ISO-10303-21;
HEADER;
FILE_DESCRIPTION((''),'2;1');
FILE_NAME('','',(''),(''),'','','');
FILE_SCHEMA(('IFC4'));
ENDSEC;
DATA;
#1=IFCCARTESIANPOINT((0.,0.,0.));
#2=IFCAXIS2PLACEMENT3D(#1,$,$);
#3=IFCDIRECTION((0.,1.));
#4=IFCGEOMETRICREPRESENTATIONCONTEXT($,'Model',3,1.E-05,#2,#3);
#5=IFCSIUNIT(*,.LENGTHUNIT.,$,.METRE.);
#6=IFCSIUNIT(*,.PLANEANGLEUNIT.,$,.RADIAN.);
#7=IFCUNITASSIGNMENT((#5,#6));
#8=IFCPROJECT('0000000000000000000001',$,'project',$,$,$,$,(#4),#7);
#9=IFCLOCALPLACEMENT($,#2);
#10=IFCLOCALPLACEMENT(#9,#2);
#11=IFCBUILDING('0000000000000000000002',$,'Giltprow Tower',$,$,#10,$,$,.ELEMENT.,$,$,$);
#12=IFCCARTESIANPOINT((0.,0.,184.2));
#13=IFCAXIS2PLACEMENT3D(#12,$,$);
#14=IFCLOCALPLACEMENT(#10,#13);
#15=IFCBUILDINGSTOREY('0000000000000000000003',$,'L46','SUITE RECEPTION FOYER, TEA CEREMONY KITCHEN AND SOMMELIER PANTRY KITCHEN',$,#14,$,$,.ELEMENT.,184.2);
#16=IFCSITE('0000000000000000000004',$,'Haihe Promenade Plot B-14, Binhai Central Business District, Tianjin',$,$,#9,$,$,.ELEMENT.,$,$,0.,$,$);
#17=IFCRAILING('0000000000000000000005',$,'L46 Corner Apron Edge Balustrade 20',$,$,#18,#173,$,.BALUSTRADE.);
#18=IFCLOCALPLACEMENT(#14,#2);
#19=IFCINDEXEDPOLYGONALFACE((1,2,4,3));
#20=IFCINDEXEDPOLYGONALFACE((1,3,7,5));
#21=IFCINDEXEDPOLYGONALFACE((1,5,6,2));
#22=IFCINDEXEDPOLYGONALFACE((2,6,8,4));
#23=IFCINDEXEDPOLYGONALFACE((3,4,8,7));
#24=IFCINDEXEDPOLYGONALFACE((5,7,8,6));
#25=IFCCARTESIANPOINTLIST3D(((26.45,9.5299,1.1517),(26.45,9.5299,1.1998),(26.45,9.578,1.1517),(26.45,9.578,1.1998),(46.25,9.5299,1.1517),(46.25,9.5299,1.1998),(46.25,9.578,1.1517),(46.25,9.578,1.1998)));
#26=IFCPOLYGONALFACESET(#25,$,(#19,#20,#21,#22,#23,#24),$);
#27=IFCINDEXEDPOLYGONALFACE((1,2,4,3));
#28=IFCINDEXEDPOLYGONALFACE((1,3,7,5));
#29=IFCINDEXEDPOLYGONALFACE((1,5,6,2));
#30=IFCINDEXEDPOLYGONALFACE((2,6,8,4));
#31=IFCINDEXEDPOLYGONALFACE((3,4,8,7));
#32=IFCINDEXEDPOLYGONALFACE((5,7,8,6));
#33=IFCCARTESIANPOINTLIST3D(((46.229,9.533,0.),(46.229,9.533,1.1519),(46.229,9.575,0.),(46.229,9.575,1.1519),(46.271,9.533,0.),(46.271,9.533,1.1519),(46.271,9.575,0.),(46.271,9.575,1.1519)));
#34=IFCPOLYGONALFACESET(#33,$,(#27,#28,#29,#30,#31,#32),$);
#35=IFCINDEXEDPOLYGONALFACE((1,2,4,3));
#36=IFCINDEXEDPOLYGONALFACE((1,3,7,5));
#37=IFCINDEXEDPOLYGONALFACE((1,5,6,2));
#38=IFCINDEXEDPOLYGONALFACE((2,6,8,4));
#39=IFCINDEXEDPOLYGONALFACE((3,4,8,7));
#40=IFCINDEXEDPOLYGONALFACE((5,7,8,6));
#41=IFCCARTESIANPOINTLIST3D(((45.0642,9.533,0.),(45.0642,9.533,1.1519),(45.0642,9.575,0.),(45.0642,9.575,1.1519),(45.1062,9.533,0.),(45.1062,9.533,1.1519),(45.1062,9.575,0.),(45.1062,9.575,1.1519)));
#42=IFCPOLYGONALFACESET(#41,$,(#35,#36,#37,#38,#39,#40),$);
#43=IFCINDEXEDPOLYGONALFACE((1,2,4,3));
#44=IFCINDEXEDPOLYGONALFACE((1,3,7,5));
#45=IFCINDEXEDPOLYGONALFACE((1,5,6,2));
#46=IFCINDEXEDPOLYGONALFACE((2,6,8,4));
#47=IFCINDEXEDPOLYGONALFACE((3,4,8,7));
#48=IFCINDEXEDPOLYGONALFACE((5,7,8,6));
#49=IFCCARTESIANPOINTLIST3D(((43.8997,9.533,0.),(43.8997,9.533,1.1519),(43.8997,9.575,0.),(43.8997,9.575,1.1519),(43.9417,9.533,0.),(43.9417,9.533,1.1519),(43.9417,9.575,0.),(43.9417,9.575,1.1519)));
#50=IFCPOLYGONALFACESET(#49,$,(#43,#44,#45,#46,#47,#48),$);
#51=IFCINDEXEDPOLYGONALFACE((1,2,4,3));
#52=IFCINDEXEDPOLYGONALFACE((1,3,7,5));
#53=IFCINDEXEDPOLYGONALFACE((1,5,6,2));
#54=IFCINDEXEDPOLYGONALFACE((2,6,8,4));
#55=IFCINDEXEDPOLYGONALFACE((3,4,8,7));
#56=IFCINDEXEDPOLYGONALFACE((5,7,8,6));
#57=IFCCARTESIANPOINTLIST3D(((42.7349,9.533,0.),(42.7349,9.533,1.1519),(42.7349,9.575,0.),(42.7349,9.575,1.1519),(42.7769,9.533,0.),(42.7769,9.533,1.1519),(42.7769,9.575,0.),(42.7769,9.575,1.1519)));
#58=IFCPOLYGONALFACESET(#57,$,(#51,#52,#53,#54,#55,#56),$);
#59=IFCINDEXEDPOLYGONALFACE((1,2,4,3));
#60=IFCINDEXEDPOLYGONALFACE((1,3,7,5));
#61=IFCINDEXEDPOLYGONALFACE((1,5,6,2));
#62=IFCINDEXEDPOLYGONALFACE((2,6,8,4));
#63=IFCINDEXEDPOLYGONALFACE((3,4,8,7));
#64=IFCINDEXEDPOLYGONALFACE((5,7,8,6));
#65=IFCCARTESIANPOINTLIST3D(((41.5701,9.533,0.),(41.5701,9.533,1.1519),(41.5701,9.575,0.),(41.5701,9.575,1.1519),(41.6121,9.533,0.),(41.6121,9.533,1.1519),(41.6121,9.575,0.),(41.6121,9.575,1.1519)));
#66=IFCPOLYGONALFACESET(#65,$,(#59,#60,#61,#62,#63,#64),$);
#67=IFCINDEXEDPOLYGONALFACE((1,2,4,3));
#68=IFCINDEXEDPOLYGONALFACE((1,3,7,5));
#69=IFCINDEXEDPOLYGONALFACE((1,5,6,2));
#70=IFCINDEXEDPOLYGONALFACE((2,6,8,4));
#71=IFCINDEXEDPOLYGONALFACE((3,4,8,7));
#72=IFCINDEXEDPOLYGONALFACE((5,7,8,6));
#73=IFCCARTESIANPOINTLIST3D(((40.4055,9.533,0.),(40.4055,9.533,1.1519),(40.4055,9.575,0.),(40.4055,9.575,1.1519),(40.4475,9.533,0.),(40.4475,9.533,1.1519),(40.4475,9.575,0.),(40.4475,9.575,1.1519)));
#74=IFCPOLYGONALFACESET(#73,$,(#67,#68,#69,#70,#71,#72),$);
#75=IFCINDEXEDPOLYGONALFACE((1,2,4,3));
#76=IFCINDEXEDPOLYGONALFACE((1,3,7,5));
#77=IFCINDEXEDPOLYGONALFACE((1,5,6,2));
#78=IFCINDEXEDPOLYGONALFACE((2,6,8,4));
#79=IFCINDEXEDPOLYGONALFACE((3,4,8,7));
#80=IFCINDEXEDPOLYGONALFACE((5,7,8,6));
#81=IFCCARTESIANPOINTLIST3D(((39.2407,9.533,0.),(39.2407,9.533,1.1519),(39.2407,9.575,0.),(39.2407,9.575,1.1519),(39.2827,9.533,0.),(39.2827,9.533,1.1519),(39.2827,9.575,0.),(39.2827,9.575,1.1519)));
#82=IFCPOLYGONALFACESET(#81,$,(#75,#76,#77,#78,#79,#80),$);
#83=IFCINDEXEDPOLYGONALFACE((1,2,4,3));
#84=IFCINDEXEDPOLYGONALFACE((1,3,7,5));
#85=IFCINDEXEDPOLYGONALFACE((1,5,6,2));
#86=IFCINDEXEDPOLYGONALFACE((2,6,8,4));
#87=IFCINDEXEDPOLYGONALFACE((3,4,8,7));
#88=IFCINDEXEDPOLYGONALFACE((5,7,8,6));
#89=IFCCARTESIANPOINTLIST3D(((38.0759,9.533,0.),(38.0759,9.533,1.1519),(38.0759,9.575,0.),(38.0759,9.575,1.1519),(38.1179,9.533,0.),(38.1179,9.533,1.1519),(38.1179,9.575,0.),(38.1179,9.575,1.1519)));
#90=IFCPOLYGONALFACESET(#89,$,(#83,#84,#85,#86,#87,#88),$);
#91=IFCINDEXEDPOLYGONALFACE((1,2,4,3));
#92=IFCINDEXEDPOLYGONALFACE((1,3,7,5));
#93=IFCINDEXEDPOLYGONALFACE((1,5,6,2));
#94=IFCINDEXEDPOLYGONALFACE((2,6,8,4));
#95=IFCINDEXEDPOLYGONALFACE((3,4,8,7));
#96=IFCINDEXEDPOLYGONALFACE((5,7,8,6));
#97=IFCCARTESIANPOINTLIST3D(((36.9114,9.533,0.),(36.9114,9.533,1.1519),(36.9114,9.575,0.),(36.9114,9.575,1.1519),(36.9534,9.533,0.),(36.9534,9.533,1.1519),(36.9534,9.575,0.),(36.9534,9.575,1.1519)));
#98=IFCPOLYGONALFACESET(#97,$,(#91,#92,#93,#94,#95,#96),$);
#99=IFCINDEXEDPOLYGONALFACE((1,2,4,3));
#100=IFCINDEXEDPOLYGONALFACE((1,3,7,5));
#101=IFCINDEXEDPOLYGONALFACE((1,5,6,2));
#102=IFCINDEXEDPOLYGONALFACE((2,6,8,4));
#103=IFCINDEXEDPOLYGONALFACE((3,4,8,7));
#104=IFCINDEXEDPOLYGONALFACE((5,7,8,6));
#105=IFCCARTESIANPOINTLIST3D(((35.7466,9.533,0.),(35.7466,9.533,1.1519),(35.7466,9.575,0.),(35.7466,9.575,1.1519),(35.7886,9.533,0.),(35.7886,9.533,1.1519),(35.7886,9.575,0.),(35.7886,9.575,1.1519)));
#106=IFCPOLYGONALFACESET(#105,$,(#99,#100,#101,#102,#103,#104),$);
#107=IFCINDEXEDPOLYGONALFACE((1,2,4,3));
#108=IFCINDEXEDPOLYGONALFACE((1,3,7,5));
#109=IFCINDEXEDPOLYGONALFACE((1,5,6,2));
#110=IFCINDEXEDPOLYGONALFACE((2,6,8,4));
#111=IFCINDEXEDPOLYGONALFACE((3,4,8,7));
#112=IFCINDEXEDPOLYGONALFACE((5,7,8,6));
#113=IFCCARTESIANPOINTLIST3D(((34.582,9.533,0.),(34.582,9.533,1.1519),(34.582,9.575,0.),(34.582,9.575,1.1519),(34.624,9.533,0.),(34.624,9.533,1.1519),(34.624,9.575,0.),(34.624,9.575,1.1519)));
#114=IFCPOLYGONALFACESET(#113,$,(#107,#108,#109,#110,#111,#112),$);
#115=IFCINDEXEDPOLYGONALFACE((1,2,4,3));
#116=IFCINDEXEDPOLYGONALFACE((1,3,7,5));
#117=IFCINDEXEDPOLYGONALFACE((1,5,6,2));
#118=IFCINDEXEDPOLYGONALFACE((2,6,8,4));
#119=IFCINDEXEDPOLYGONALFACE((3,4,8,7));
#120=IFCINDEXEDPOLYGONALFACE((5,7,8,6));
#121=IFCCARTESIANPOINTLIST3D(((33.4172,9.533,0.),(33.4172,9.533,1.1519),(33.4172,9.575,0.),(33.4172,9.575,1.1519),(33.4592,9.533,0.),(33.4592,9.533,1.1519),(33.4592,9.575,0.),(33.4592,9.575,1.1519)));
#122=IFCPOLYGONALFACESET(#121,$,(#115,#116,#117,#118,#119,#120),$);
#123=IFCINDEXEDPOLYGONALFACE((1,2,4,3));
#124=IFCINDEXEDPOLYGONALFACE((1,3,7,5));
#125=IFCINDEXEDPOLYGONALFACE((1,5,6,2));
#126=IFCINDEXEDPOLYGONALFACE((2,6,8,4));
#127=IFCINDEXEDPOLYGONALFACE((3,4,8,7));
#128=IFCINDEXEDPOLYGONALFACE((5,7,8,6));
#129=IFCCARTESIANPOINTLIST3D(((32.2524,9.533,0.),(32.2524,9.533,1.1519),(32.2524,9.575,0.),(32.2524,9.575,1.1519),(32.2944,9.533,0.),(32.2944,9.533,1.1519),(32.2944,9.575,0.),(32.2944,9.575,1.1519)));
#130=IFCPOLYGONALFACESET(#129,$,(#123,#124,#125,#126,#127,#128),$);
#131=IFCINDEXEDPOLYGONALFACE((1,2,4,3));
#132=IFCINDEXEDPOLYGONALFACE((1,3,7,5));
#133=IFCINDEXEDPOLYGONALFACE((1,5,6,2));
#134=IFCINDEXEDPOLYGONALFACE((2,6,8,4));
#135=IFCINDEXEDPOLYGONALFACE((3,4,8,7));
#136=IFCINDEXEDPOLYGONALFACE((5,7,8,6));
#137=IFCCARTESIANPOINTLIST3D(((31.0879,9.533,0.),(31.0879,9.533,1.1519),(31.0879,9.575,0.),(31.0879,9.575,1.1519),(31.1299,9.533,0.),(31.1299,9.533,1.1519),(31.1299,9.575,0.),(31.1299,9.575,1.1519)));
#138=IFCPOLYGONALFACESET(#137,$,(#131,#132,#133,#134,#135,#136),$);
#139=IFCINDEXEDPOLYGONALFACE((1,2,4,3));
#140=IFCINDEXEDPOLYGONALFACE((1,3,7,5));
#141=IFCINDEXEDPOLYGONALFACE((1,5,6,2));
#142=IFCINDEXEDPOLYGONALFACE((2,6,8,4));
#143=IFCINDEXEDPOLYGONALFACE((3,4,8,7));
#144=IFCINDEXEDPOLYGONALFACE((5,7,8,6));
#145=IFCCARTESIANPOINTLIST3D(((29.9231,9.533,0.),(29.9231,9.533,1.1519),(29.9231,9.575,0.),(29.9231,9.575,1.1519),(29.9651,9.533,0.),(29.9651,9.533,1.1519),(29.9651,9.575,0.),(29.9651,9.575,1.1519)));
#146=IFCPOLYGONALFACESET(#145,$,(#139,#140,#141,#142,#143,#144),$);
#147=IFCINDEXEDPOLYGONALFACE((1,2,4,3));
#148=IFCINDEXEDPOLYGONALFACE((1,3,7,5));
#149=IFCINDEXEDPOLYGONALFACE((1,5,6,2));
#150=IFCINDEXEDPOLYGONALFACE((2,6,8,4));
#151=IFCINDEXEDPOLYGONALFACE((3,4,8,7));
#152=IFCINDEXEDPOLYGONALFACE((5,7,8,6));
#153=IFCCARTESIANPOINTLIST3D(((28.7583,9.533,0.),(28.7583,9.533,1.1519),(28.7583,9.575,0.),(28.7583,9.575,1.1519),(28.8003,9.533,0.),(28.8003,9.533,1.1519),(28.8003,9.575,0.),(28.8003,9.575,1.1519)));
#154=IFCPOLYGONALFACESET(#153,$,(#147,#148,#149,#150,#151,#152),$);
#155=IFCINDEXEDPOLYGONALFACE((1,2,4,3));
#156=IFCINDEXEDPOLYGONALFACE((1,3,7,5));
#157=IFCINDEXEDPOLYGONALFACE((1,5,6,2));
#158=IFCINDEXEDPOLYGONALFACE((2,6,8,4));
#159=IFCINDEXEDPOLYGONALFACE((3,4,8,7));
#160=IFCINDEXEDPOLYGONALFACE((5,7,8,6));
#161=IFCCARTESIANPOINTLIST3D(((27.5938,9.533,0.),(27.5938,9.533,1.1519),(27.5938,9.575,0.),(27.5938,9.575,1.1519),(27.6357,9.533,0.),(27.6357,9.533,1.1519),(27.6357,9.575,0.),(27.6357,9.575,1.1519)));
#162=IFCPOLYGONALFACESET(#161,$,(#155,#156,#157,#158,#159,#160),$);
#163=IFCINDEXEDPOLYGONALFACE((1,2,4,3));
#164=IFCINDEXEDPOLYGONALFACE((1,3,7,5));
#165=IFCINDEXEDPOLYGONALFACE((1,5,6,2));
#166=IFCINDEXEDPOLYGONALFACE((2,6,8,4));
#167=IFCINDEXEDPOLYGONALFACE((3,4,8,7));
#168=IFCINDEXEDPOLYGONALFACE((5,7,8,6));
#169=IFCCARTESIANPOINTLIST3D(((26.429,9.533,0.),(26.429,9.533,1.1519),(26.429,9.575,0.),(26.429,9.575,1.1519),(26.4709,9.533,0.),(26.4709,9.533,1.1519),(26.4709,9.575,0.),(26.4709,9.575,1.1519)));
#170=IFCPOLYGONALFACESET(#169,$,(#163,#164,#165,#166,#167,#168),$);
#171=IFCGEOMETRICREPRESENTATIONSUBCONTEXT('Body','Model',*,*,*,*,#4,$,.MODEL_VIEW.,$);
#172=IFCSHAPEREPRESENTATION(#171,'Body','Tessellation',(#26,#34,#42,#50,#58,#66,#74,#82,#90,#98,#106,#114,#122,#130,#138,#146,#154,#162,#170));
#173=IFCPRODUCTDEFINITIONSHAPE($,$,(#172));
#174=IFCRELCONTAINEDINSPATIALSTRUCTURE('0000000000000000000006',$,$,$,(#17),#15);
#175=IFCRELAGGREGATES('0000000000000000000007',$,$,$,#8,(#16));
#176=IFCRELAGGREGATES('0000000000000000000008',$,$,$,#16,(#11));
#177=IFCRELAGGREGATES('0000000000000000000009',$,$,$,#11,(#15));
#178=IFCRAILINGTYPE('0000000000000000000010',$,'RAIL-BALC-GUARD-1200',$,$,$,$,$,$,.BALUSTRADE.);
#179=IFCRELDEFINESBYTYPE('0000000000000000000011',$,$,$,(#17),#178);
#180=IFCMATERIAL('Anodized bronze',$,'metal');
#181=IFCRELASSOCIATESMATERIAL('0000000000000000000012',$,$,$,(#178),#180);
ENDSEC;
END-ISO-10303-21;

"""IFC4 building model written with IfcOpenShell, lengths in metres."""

from ifc_helpers import new_model, si_unit, direction, frame, origin, origin_2d, place, context, subcontext, project, spatial, rectangle, extrude, material, type_object, element, save


model = new_model("IFC4")

# Units and contexts
model_context = context("Model", 3, precision=1e-05, world=origin(), true_north=direction((0.0, 1.0)))
body_context = subcontext(model_context, "Body", "Model", "MODEL_VIEW")
ifc_project = project(units=[si_unit("LENGTHUNIT", "METRE"), si_unit("PLANEANGLEUNIT", "RADIAN")], contexts=[model_context])

# Site, building, storey
site_placement = place(None, origin())
site = spatial("IfcSite", under=ifc_project, at=site_placement, Name="Haihe Promenade Plot B-14, Binhai Central Business District, Tianjin", CompositionType="ELEMENT", RefElevation=0.0)
building_placement = place(site_placement, origin())
building = spatial("IfcBuilding", under=site, at=building_placement, Name="Giltprow Tower", CompositionType="ELEMENT")
storey_placement = place(building_placement, frame((0.0, 0.0, 184.2)))
storey = spatial("IfcBuildingStorey", under=building, at=storey_placement, Name="L46", Description="SUITE RECEPTION FOYER, TEA CEREMONY KITCHEN AND SOMMELIER PANTRY KITCHEN", CompositionType="ELEMENT", Elevation=184.2)

# Shared definitions
ifc_material_1 = material(Name="Anodized bronze", Category="metal")

# Railing
railing_type = type_object("IfcRailingType", Name="RAIL-BALC-GUARD-1200", PredefinedType="BALUSTRADE", material=ifc_material_1)
railing_1_placement = place(storey_placement, frame((46.25, 9.554, 0.0)))
element("IfcRailing", 1, at=railing_1_placement, inside=storey, type_object=railing_type, Name="L46 Corner Apron Edge Balustrade 20", PredefinedType="BALUSTRADE", context=body_context, shape_type="SweptSolid", body=[
    extrude(rectangle(XDim=0.0481, YDim=0.0481, at=origin_2d()), frame((0.0, 0.0, 1.1758), z_axis=(-1.0, 0.0, 0.0), x_axis=(0.0, -1.0, 0.0)), (0.0, 0.0, 1.0), 19.8),
    extrude(rectangle(XDim=0.042, YDim=0.042, at=origin_2d()), origin(), (0.0, 0.0, 1.0), 1.1519),
    extrude(rectangle(XDim=0.042, YDim=0.042, at=origin_2d()), frame((-1.1648, 0.0, 0.0)), (0.0, 0.0, 1.0), 1.1519),
    extrude(rectangle(XDim=0.042, YDim=0.042, at=origin_2d()), frame((-2.3293, 0.0, 0.0)), (0.0, 0.0, 1.0), 1.1519),
    extrude(rectangle(XDim=0.042, YDim=0.042, at=origin_2d()), frame((-3.4941, 0.0, 0.0)), (0.0, 0.0, 1.0), 1.1519),
    extrude(rectangle(XDim=0.042, YDim=0.042, at=origin_2d()), frame((-4.6589, 0.0, 0.0)), (0.0, 0.0, 1.0), 1.1519),
    extrude(rectangle(XDim=0.042, YDim=0.042, at=origin_2d()), frame((-5.8235, 0.0, 0.0)), (0.0, 0.0, 1.0), 1.1519),
    extrude(rectangle(XDim=0.042, YDim=0.042, at=origin_2d()), frame((-6.9883, 0.0, 0.0)), (0.0, 0.0, 1.0), 1.1519),
    extrude(rectangle(XDim=0.042, YDim=0.042, at=origin_2d()), frame((-8.1531, 0.0, 0.0)), (0.0, 0.0, 1.0), 1.1519),
    extrude(rectangle(XDim=0.042, YDim=0.042, at=origin_2d()), frame((-9.3176, 0.0, 0.0)), (0.0, 0.0, 1.0), 1.1519),
    extrude(rectangle(XDim=0.042, YDim=0.042, at=origin_2d()), frame((-10.4824, 0.0, 0.0)), (0.0, 0.0, 1.0), 1.1519),
    extrude(rectangle(XDim=0.042, YDim=0.042, at=origin_2d()), frame((-11.647, 0.0, 0.0)), (0.0, 0.0, 1.0), 1.1519),
    extrude(rectangle(XDim=0.042, YDim=0.042, at=origin_2d()), frame((-12.8118, 0.0, 0.0)), (0.0, 0.0, 1.0), 1.1519),
    extrude(rectangle(XDim=0.042, YDim=0.042, at=origin_2d()), frame((-13.9766, 0.0, 0.0)), (0.0, 0.0, 1.0), 1.1519),
    extrude(rectangle(XDim=0.042, YDim=0.042, at=origin_2d()), frame((-15.1411, 0.0, 0.0)), (0.0, 0.0, 1.0), 1.1519),
    extrude(rectangle(XDim=0.042, YDim=0.042, at=origin_2d()), frame((-16.3059, 0.0, 0.0)), (0.0, 0.0, 1.0), 1.1519),
    extrude(rectangle(XDim=0.042, YDim=0.042, at=origin_2d()), frame((-17.4707, 0.0, 0.0)), (0.0, 0.0, 1.0), 1.1519),
    extrude(rectangle(XDim=0.042, YDim=0.042, at=origin_2d()), frame((-18.6353, 0.0, 0.0)), (0.0, 0.0, 1.0), 1.1519),
    extrude(rectangle(XDim=0.042, YDim=0.042, at=origin_2d()), frame((-19.8, 0.0, 0.0)), (0.0, 0.0, 1.0), 1.1519),
])

save(model, "model.ifc")
